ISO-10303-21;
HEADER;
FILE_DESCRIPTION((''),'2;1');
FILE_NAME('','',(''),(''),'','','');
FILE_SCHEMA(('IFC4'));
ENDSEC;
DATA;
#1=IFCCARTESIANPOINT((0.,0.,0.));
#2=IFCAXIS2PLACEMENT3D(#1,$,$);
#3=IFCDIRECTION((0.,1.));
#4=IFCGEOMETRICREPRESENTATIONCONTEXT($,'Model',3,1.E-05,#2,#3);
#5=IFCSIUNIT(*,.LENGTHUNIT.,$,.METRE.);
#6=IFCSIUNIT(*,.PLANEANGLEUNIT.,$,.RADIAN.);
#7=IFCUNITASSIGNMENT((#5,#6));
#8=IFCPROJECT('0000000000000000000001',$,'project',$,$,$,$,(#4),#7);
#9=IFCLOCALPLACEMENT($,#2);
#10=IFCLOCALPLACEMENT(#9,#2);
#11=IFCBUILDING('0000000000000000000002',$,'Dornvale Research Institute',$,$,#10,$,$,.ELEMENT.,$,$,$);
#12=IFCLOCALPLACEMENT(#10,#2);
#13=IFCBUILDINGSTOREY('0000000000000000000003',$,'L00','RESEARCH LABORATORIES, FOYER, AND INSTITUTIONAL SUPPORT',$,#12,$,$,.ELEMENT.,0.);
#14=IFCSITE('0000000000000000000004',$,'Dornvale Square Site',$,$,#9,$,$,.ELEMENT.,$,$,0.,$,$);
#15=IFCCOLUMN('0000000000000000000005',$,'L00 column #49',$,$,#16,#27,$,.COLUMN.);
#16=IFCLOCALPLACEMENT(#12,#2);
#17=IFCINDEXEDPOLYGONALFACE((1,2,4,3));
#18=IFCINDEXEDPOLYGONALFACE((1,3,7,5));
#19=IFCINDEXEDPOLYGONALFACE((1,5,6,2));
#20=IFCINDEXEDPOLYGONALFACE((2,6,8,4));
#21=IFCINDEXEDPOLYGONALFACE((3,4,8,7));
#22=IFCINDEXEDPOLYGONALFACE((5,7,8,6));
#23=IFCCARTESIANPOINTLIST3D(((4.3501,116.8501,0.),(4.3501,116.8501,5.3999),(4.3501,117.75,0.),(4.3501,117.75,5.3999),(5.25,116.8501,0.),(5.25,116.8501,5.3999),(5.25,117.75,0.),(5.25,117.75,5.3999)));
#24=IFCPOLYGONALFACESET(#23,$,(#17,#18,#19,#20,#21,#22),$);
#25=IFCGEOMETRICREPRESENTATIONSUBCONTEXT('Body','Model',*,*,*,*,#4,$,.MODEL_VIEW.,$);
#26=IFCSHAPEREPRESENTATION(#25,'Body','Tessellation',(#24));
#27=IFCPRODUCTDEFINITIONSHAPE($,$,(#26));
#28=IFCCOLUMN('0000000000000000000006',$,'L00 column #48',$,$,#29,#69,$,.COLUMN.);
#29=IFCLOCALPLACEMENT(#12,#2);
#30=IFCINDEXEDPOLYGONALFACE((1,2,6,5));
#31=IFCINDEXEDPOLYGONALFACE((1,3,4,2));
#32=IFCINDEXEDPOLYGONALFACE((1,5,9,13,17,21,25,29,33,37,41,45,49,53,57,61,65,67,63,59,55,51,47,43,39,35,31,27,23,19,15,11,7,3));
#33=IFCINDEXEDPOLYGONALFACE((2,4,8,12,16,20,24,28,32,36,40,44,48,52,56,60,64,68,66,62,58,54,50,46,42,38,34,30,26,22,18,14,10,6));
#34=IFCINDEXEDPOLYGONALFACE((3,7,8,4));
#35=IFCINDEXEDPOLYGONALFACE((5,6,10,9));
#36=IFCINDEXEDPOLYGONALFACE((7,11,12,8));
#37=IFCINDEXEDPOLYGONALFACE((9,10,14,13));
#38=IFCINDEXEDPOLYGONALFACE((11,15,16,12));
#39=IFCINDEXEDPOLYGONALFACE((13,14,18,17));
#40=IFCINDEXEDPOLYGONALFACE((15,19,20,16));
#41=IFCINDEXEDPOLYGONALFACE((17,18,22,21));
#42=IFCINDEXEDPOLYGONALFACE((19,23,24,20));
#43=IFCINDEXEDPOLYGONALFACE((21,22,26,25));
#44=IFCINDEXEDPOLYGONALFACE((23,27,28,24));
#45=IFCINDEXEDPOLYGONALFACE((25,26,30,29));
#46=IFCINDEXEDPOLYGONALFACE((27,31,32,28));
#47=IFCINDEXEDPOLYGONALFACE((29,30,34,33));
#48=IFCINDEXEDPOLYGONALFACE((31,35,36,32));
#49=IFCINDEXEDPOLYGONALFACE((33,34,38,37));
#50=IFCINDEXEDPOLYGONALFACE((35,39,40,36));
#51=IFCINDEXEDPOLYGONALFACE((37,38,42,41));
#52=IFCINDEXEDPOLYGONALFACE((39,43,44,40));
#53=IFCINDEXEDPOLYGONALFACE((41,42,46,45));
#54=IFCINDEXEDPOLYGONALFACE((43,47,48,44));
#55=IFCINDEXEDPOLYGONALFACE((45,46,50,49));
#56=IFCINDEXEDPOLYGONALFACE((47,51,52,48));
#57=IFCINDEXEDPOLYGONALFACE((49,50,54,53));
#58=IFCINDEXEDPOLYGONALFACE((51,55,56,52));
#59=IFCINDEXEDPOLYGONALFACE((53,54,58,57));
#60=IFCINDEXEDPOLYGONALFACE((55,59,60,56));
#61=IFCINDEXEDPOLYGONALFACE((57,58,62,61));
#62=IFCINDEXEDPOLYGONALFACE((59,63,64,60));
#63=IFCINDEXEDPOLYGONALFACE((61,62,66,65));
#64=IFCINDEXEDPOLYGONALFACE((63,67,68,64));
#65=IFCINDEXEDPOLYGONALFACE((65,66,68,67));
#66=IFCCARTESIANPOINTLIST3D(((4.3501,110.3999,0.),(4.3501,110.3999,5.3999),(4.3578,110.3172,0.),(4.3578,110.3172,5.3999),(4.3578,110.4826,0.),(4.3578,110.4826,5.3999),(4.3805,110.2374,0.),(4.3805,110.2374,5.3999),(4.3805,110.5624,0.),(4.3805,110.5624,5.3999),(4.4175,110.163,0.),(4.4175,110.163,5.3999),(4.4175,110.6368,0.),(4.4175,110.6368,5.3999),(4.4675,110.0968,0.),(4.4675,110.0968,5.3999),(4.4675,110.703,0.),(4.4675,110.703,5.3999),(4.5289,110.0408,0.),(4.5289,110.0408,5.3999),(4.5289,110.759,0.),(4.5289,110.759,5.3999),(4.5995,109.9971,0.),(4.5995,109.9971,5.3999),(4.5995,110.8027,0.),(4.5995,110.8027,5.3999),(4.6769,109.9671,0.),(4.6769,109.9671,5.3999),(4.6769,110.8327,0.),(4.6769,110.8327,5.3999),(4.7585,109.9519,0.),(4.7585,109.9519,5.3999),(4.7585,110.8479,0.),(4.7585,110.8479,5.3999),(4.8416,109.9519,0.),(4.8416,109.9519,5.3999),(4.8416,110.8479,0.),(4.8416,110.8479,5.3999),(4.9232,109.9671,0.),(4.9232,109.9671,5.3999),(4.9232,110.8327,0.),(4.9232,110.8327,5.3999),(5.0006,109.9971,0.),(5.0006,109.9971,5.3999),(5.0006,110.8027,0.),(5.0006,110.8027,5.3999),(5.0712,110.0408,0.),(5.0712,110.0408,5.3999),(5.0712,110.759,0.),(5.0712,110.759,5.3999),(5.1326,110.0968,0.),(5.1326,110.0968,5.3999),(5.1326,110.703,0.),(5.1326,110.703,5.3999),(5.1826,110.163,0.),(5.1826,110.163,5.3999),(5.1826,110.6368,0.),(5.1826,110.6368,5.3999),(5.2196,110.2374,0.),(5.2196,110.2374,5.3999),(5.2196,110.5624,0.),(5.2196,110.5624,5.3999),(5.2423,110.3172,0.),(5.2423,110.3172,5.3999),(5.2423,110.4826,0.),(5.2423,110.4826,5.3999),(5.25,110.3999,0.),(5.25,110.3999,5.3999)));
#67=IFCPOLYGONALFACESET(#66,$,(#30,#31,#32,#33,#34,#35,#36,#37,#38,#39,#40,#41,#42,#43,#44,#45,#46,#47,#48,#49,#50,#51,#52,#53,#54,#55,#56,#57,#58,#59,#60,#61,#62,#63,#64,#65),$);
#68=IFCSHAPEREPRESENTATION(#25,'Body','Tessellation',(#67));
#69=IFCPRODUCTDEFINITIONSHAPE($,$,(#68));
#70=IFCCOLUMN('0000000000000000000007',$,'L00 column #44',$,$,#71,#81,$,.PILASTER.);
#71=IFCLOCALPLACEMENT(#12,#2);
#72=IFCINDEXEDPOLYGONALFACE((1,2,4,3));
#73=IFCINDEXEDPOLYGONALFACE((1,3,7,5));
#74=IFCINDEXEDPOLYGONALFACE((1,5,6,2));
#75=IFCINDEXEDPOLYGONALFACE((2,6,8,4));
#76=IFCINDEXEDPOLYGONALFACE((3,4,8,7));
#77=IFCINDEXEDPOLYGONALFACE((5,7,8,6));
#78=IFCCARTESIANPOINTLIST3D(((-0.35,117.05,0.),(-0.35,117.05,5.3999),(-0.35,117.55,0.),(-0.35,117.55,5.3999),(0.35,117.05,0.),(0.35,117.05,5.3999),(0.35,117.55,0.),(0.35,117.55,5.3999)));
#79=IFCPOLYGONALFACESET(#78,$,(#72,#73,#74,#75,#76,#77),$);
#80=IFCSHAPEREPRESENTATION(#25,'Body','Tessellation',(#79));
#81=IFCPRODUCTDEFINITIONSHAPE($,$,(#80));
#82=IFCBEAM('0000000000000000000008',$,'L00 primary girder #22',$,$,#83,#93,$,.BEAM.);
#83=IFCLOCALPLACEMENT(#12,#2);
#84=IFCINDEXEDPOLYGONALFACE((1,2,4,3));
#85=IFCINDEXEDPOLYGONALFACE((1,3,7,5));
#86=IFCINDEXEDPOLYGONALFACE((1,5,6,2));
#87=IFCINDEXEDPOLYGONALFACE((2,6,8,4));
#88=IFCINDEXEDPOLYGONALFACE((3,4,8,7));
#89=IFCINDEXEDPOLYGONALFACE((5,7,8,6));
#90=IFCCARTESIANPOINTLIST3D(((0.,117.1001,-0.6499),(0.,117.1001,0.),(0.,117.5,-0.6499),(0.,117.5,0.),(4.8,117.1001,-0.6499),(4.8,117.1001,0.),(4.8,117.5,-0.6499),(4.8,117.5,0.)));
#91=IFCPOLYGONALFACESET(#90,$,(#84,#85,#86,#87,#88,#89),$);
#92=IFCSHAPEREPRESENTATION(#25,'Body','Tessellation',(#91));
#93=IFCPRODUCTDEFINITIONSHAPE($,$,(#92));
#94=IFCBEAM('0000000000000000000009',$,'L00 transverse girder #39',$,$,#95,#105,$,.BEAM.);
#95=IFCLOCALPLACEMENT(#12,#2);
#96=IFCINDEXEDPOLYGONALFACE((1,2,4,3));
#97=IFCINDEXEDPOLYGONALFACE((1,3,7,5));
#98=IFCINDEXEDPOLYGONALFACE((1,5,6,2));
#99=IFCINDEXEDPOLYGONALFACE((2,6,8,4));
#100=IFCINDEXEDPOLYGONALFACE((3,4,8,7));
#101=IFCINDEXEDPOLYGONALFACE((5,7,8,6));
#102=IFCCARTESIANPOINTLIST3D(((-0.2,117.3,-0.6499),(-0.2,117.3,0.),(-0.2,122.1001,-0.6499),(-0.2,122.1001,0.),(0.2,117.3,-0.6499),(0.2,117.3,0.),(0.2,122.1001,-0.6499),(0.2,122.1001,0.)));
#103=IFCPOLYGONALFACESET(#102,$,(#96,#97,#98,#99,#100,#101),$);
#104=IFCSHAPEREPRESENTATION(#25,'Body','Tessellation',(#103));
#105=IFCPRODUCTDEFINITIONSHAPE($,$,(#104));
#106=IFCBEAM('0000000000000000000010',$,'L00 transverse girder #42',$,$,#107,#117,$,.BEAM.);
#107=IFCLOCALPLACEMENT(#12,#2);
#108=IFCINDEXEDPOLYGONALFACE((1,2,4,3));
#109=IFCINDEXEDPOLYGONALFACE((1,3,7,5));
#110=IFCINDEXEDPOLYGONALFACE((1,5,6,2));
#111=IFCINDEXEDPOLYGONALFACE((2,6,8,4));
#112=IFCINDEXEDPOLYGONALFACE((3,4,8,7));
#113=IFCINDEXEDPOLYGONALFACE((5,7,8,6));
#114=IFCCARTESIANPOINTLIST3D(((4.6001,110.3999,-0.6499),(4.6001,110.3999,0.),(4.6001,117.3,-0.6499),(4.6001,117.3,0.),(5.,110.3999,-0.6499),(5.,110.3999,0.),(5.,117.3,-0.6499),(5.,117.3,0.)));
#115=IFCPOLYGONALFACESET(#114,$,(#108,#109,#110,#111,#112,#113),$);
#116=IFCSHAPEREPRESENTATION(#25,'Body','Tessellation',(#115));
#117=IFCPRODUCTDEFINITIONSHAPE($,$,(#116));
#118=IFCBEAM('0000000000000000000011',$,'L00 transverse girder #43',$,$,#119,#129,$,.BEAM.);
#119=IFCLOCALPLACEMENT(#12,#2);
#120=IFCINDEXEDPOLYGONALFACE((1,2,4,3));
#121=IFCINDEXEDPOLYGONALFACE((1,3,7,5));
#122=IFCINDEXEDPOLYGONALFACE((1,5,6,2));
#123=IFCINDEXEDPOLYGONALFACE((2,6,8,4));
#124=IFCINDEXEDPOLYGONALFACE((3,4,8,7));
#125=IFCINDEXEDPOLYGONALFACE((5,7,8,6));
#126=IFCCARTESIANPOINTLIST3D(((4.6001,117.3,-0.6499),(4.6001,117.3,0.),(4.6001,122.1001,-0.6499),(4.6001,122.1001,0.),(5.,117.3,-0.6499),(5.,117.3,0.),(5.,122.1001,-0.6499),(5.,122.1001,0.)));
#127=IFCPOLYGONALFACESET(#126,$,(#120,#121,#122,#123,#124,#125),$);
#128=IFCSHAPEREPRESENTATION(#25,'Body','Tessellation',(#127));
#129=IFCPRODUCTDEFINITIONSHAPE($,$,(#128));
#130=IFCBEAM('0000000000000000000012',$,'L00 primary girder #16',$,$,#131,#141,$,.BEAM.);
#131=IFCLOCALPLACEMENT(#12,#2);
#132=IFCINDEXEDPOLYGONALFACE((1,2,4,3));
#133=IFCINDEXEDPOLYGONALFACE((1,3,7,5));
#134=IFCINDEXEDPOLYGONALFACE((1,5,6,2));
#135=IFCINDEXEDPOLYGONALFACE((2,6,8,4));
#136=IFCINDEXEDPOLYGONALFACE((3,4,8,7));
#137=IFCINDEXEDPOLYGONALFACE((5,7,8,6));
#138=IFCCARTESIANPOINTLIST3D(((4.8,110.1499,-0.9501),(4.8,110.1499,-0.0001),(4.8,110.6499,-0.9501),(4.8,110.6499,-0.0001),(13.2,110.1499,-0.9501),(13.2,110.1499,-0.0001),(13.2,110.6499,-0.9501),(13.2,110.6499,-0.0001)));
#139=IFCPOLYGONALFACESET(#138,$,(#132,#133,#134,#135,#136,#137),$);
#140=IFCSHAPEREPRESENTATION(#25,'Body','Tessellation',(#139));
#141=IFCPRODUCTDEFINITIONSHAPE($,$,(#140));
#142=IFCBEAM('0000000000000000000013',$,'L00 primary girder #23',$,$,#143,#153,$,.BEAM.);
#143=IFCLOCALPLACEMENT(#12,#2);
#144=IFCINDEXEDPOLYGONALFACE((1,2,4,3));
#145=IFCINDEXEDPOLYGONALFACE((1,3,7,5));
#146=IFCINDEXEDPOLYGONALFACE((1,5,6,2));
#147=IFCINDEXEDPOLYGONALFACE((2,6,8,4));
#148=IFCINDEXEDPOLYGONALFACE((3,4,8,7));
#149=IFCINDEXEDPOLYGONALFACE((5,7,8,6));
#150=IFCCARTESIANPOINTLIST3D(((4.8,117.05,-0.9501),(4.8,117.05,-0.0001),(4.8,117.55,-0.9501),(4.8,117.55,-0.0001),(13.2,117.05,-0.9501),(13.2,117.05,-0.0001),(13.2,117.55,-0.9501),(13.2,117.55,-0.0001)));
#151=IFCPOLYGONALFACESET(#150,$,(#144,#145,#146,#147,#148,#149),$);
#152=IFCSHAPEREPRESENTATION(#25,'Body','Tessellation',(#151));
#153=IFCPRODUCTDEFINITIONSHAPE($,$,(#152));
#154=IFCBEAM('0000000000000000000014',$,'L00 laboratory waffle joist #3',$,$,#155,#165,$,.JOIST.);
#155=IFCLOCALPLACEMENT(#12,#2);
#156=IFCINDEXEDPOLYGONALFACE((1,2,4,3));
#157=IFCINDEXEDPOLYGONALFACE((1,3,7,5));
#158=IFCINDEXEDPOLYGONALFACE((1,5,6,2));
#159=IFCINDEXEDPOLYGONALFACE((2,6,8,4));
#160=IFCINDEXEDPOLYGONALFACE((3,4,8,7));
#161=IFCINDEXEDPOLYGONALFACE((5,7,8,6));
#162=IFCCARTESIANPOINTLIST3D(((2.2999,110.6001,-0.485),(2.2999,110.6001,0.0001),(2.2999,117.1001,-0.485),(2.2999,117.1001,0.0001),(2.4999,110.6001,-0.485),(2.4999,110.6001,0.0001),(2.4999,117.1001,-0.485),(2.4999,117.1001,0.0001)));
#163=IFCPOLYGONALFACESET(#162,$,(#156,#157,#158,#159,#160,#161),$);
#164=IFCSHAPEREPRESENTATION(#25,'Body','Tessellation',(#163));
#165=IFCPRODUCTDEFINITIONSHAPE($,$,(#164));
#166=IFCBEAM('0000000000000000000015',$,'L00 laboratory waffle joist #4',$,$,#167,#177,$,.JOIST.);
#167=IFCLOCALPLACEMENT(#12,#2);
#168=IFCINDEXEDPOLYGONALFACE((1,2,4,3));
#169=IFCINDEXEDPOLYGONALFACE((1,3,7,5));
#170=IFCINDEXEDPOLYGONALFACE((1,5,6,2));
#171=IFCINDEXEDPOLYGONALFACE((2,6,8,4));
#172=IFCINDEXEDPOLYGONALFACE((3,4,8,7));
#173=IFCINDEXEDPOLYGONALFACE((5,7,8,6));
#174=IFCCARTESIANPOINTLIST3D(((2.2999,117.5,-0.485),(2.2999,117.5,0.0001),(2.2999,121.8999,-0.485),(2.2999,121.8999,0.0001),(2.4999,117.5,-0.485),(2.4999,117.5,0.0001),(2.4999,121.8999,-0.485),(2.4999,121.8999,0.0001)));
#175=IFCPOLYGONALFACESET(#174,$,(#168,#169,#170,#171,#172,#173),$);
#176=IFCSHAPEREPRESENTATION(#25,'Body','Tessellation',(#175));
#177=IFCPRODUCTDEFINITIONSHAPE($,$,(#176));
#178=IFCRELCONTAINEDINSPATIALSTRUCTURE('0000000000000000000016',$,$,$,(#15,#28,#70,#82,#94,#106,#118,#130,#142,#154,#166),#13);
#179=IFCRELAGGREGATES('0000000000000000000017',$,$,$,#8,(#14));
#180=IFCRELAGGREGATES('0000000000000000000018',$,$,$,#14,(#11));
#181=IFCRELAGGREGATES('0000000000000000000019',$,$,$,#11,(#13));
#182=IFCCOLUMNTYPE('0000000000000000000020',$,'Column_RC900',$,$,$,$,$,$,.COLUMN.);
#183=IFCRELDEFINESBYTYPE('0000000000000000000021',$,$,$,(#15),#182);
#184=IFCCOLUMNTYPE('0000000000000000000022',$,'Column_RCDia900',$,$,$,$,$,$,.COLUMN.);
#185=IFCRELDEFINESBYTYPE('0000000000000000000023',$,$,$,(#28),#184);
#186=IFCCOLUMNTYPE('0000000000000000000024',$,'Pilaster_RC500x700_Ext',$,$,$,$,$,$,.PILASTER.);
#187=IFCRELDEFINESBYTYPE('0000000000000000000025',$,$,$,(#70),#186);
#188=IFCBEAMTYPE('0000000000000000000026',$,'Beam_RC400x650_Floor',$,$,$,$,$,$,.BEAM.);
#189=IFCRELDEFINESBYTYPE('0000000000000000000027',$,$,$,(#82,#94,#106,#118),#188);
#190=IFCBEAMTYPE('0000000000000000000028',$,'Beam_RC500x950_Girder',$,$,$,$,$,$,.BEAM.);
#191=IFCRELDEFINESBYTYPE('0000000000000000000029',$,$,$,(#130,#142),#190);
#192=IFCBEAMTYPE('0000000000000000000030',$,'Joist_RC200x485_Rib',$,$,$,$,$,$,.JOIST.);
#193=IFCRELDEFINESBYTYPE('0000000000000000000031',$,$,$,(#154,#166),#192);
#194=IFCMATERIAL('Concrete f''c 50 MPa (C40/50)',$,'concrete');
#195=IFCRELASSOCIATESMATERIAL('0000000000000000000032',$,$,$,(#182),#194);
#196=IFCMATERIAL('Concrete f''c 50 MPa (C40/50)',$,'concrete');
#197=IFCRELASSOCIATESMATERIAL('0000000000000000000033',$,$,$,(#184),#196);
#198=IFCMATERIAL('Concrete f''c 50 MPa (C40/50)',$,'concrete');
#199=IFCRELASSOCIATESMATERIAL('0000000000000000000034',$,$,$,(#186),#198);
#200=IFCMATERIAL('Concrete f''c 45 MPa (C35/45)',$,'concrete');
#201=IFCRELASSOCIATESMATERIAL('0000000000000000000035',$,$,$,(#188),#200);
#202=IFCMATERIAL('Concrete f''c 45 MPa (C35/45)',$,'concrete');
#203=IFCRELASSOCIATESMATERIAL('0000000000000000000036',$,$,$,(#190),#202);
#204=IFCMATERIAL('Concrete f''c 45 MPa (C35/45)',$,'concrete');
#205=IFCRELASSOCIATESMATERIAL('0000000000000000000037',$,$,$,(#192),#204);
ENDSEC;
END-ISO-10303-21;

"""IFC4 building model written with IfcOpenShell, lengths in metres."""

from ifc_helpers import new_model, si_unit, direction, frame, origin, origin_2d, place, context, subcontext, project, spatial, rectangle, circle, extrude, material, material_profile, profile_set, type_object, element, save


model = new_model("IFC4")

# Units and contexts
model_context = context("Model", 3, precision=1e-05, world=origin(), true_north=direction((0.0, 1.0)))
body_context = subcontext(model_context, "Body", "Model", "MODEL_VIEW")
ifc_project = project(units=[si_unit("LENGTHUNIT", "METRE"), si_unit("PLANEANGLEUNIT", "RADIAN")], contexts=[model_context])

# Site, building, storey
site_placement = place(None, origin())
site = spatial("IfcSite", under=ifc_project, at=site_placement, Name="Dornvale Square Site", CompositionType="ELEMENT", RefElevation=0.0)
building_placement = place(site_placement, origin())
building = spatial("IfcBuilding", under=site, at=building_placement, Name="Dornvale Research Institute", CompositionType="ELEMENT")
storey_placement = place(building_placement, origin())
storey = spatial("IfcBuildingStorey", under=building, at=storey_placement, Name="L00", Description="RESEARCH LABORATORIES, FOYER, AND INSTITUTIONAL SUPPORT", CompositionType="ELEMENT", Elevation=0.0)

# Columns
ifc_material_1 = material(Name="Concrete f'c 50 MPa (C40/50)", Category="concrete")
ifc_material_profile_1 = material_profile(ifc_material_1, rectangle(XDim=0.8999, YDim=0.8999, at=origin_2d()), Name="RC 900x900")
ifc_profile_set_1 = profile_set([ifc_material_profile_1], Name="Concrete f'c 50 MPa (C40/50)")
column_type_1 = type_object("IfcColumnType", Name="Column_RC900", PredefinedType="COLUMN", material=ifc_profile_set_1)
column_1_placement = place(storey_placement, frame((4.8, 117.3, 0.0), z_axis=(0.0, 0.0, 1.0), x_axis=(1.0, 0.0, 0.0)))
element("IfcColumn", 1, at=column_1_placement, inside=storey, type_object=column_type_1, Name="L00 column #49", PredefinedType="COLUMN", context=body_context, shape_type="SweptSolid", body=[
    extrude(rectangle(XDim=0.8999, YDim=0.8999, at=origin_2d()), origin(), (0.0, 0.0, 1.0), 5.3999),
])
ifc_material_2 = material(Name="Concrete f'c 50 MPa (C40/50)", Category="concrete")
ifc_material_profile_2 = material_profile(ifc_material_2, circle(Radius=0.45, at=origin_2d()), Name="RC DIA 900")
ifc_profile_set_2 = profile_set([ifc_material_profile_2], Name="Concrete f'c 50 MPa (C40/50)")
column_type_2 = type_object("IfcColumnType", Name="Column_RCDia900", PredefinedType="COLUMN", material=ifc_profile_set_2)
column_2_placement = place(storey_placement, frame((4.8, 110.3999, 0.0), z_axis=(0.0, 0.0, 1.0), x_axis=(1.0, 0.0, 0.0)))
element("IfcColumn", 2, at=column_2_placement, inside=storey, type_object=column_type_2, Name="L00 column #48", PredefinedType="COLUMN", context=body_context, shape_type="SweptSolid", body=[
    extrude(circle(Radius=0.45, at=origin_2d()), origin(), (0.0, 0.0, 1.0), 5.3999),
])
ifc_material_3 = material(Name="Concrete f'c 50 MPa (C40/50)", Category="concrete")
ifc_material_profile_3 = material_profile(ifc_material_3, rectangle(XDim=0.5, YDim=0.7, at=origin_2d()), Name="RC 500x700")
ifc_profile_set_3 = profile_set([ifc_material_profile_3], Name="Concrete f'c 50 MPa (C40/50)")
column_type_3 = type_object("IfcColumnType", Name="Pilaster_RC500x700_Ext", PredefinedType="PILASTER", material=ifc_profile_set_3)
column_3_placement = place(storey_placement, frame((0.0, 117.3, 0.0), z_axis=(0.0, 0.0, 1.0), x_axis=(0.0, 1.0, 0.0)))
element("IfcColumn", 3, at=column_3_placement, inside=storey, type_object=column_type_3, Name="L00 column #44", PredefinedType="PILASTER", context=body_context, shape_type="SweptSolid", body=[
    extrude(rectangle(XDim=0.5, YDim=0.7, at=origin_2d()), origin(), (0.0, 0.0, 1.0), 5.3999),
])

# Beams
ifc_material_4 = material(Name="Concrete f'c 45 MPa (C35/45)", Category="concrete")
ifc_material_profile_4 = material_profile(ifc_material_4, rectangle(XDim=0.3999, YDim=0.6499, at=origin_2d()), Name="RC 400x650")
ifc_profile_set_4 = profile_set([ifc_material_profile_4], Name="Concrete f'c 45 MPa (C35/45)")
beam_type_1 = type_object("IfcBeamType", Name="Beam_RC400x650_Floor", PredefinedType="BEAM", material=ifc_profile_set_4)
for number, where, z_axis, x_axis, name in (
    (4, (0.0, 117.3, -0.325), (1.0, 0.0, 0.0), (0.0, 1.0, 0.0), "L00 primary girder #22"),
    (5, (0.0, 117.3, -0.325), (0.0, 1.0, 0.0), (-1.0, 0.0, 0.0), "L00 transverse girder #39"),
):
    element("IfcBeam", number, at=place(storey_placement, frame(where, z_axis=z_axis, x_axis=x_axis)), inside=storey, type_object=beam_type_1, Name=name, PredefinedType="BEAM", context=body_context, shape_type="SweptSolid", body=[
        extrude(rectangle(XDim=0.3999, YDim=0.6499, at=origin_2d()), origin(), (0.0, 0.0, 1.0), 4.8),
    ])
beam_1_placement = place(storey_placement, frame((4.8, 110.3999, -0.325), z_axis=(0.0, 1.0, 0.0), x_axis=(-1.0, 0.0, 0.0)))
element("IfcBeam", 6, at=beam_1_placement, inside=storey, type_object=beam_type_1, Name="L00 transverse girder #42", PredefinedType="BEAM", context=body_context, shape_type="SweptSolid", body=[
    extrude(rectangle(XDim=0.3999, YDim=0.6499, at=origin_2d()), origin(), (0.0, 0.0, 1.0), 6.9001),
])
beam_2_placement = place(storey_placement, frame((4.8, 117.3, -0.325), z_axis=(0.0, 1.0, 0.0), x_axis=(-1.0, 0.0, 0.0)))
element("IfcBeam", 7, at=beam_2_placement, inside=storey, type_object=beam_type_1, Name="L00 transverse girder #43", PredefinedType="BEAM", context=body_context, shape_type="SweptSolid", body=[
    extrude(rectangle(XDim=0.3999, YDim=0.6499, at=origin_2d()), origin(), (0.0, 0.0, 1.0), 4.8),
])
ifc_material_5 = material(Name="Concrete f'c 45 MPa (C35/45)", Category="concrete")
ifc_material_profile_5 = material_profile(ifc_material_5, rectangle(XDim=0.5, YDim=0.95, at=origin_2d()), Name="RC 500x950")
ifc_profile_set_5 = profile_set([ifc_material_profile_5], Name="Concrete f'c 45 MPa (C35/45)")
beam_type_2 = type_object("IfcBeamType", Name="Beam_RC500x950_Girder", PredefinedType="BEAM", material=ifc_profile_set_5)
for number, where, z_axis, x_axis, name in (
    (8, (4.8, 110.3999, -0.4751), (1.0, 0.0, 0.0), (0.0, 1.0, 0.0), "L00 primary girder #16"),
    (9, (4.8, 117.3, -0.4751), (1.0, 0.0, 0.0), (0.0, 1.0, 0.0), "L00 primary girder #23"),
):
    element("IfcBeam", number, at=place(storey_placement, frame(where, z_axis=z_axis, x_axis=x_axis)), inside=storey, type_object=beam_type_2, Name=name, PredefinedType="BEAM", context=body_context, shape_type="SweptSolid", body=[
        extrude(rectangle(XDim=0.5, YDim=0.95, at=origin_2d()), origin(), (0.0, 0.0, 1.0), 8.3999),
    ])
ifc_material_6 = material(Name="Concrete f'c 45 MPa (C35/45)", Category="concrete")
ifc_material_profile_6 = material_profile(ifc_material_6, rectangle(XDim=0.2, YDim=0.4851, at=origin_2d()), Name="RC 200x485")
ifc_profile_set_6 = profile_set([ifc_material_profile_6], Name="Concrete f'c 45 MPa (C35/45)")
beam_type_3 = type_object("IfcBeamType", Name="Joist_RC200x485_Rib", PredefinedType="JOIST", material=ifc_profile_set_6)
beam_3_placement = place(storey_placement, frame((2.3999, 110.6001, -0.2424), z_axis=(0.0, 1.0, 0.0), x_axis=(-1.0, 0.0, 0.0)))
element("IfcBeam", 10, at=beam_3_placement, inside=storey, type_object=beam_type_3, Name="L00 laboratory waffle joist #3", PredefinedType="JOIST", context=body_context, shape_type="SweptSolid", body=[
    extrude(rectangle(XDim=0.2, YDim=0.4851, at=origin_2d()), origin(), (0.0, 0.0, 1.0), 6.5),
])
beam_4_placement = place(storey_placement, frame((2.3999, 117.5, -0.2424), z_axis=(0.0, 1.0, 0.0), x_axis=(-1.0, 0.0, 0.0)))
element("IfcBeam", 11, at=beam_4_placement, inside=storey, type_object=beam_type_3, Name="L00 laboratory waffle joist #4", PredefinedType="JOIST", context=body_context, shape_type="SweptSolid", body=[
    extrude(rectangle(XDim=0.2, YDim=0.4851, at=origin_2d()), origin(), (0.0, 0.0, 1.0), 4.3999),
])

save(model, "model.ifc")
